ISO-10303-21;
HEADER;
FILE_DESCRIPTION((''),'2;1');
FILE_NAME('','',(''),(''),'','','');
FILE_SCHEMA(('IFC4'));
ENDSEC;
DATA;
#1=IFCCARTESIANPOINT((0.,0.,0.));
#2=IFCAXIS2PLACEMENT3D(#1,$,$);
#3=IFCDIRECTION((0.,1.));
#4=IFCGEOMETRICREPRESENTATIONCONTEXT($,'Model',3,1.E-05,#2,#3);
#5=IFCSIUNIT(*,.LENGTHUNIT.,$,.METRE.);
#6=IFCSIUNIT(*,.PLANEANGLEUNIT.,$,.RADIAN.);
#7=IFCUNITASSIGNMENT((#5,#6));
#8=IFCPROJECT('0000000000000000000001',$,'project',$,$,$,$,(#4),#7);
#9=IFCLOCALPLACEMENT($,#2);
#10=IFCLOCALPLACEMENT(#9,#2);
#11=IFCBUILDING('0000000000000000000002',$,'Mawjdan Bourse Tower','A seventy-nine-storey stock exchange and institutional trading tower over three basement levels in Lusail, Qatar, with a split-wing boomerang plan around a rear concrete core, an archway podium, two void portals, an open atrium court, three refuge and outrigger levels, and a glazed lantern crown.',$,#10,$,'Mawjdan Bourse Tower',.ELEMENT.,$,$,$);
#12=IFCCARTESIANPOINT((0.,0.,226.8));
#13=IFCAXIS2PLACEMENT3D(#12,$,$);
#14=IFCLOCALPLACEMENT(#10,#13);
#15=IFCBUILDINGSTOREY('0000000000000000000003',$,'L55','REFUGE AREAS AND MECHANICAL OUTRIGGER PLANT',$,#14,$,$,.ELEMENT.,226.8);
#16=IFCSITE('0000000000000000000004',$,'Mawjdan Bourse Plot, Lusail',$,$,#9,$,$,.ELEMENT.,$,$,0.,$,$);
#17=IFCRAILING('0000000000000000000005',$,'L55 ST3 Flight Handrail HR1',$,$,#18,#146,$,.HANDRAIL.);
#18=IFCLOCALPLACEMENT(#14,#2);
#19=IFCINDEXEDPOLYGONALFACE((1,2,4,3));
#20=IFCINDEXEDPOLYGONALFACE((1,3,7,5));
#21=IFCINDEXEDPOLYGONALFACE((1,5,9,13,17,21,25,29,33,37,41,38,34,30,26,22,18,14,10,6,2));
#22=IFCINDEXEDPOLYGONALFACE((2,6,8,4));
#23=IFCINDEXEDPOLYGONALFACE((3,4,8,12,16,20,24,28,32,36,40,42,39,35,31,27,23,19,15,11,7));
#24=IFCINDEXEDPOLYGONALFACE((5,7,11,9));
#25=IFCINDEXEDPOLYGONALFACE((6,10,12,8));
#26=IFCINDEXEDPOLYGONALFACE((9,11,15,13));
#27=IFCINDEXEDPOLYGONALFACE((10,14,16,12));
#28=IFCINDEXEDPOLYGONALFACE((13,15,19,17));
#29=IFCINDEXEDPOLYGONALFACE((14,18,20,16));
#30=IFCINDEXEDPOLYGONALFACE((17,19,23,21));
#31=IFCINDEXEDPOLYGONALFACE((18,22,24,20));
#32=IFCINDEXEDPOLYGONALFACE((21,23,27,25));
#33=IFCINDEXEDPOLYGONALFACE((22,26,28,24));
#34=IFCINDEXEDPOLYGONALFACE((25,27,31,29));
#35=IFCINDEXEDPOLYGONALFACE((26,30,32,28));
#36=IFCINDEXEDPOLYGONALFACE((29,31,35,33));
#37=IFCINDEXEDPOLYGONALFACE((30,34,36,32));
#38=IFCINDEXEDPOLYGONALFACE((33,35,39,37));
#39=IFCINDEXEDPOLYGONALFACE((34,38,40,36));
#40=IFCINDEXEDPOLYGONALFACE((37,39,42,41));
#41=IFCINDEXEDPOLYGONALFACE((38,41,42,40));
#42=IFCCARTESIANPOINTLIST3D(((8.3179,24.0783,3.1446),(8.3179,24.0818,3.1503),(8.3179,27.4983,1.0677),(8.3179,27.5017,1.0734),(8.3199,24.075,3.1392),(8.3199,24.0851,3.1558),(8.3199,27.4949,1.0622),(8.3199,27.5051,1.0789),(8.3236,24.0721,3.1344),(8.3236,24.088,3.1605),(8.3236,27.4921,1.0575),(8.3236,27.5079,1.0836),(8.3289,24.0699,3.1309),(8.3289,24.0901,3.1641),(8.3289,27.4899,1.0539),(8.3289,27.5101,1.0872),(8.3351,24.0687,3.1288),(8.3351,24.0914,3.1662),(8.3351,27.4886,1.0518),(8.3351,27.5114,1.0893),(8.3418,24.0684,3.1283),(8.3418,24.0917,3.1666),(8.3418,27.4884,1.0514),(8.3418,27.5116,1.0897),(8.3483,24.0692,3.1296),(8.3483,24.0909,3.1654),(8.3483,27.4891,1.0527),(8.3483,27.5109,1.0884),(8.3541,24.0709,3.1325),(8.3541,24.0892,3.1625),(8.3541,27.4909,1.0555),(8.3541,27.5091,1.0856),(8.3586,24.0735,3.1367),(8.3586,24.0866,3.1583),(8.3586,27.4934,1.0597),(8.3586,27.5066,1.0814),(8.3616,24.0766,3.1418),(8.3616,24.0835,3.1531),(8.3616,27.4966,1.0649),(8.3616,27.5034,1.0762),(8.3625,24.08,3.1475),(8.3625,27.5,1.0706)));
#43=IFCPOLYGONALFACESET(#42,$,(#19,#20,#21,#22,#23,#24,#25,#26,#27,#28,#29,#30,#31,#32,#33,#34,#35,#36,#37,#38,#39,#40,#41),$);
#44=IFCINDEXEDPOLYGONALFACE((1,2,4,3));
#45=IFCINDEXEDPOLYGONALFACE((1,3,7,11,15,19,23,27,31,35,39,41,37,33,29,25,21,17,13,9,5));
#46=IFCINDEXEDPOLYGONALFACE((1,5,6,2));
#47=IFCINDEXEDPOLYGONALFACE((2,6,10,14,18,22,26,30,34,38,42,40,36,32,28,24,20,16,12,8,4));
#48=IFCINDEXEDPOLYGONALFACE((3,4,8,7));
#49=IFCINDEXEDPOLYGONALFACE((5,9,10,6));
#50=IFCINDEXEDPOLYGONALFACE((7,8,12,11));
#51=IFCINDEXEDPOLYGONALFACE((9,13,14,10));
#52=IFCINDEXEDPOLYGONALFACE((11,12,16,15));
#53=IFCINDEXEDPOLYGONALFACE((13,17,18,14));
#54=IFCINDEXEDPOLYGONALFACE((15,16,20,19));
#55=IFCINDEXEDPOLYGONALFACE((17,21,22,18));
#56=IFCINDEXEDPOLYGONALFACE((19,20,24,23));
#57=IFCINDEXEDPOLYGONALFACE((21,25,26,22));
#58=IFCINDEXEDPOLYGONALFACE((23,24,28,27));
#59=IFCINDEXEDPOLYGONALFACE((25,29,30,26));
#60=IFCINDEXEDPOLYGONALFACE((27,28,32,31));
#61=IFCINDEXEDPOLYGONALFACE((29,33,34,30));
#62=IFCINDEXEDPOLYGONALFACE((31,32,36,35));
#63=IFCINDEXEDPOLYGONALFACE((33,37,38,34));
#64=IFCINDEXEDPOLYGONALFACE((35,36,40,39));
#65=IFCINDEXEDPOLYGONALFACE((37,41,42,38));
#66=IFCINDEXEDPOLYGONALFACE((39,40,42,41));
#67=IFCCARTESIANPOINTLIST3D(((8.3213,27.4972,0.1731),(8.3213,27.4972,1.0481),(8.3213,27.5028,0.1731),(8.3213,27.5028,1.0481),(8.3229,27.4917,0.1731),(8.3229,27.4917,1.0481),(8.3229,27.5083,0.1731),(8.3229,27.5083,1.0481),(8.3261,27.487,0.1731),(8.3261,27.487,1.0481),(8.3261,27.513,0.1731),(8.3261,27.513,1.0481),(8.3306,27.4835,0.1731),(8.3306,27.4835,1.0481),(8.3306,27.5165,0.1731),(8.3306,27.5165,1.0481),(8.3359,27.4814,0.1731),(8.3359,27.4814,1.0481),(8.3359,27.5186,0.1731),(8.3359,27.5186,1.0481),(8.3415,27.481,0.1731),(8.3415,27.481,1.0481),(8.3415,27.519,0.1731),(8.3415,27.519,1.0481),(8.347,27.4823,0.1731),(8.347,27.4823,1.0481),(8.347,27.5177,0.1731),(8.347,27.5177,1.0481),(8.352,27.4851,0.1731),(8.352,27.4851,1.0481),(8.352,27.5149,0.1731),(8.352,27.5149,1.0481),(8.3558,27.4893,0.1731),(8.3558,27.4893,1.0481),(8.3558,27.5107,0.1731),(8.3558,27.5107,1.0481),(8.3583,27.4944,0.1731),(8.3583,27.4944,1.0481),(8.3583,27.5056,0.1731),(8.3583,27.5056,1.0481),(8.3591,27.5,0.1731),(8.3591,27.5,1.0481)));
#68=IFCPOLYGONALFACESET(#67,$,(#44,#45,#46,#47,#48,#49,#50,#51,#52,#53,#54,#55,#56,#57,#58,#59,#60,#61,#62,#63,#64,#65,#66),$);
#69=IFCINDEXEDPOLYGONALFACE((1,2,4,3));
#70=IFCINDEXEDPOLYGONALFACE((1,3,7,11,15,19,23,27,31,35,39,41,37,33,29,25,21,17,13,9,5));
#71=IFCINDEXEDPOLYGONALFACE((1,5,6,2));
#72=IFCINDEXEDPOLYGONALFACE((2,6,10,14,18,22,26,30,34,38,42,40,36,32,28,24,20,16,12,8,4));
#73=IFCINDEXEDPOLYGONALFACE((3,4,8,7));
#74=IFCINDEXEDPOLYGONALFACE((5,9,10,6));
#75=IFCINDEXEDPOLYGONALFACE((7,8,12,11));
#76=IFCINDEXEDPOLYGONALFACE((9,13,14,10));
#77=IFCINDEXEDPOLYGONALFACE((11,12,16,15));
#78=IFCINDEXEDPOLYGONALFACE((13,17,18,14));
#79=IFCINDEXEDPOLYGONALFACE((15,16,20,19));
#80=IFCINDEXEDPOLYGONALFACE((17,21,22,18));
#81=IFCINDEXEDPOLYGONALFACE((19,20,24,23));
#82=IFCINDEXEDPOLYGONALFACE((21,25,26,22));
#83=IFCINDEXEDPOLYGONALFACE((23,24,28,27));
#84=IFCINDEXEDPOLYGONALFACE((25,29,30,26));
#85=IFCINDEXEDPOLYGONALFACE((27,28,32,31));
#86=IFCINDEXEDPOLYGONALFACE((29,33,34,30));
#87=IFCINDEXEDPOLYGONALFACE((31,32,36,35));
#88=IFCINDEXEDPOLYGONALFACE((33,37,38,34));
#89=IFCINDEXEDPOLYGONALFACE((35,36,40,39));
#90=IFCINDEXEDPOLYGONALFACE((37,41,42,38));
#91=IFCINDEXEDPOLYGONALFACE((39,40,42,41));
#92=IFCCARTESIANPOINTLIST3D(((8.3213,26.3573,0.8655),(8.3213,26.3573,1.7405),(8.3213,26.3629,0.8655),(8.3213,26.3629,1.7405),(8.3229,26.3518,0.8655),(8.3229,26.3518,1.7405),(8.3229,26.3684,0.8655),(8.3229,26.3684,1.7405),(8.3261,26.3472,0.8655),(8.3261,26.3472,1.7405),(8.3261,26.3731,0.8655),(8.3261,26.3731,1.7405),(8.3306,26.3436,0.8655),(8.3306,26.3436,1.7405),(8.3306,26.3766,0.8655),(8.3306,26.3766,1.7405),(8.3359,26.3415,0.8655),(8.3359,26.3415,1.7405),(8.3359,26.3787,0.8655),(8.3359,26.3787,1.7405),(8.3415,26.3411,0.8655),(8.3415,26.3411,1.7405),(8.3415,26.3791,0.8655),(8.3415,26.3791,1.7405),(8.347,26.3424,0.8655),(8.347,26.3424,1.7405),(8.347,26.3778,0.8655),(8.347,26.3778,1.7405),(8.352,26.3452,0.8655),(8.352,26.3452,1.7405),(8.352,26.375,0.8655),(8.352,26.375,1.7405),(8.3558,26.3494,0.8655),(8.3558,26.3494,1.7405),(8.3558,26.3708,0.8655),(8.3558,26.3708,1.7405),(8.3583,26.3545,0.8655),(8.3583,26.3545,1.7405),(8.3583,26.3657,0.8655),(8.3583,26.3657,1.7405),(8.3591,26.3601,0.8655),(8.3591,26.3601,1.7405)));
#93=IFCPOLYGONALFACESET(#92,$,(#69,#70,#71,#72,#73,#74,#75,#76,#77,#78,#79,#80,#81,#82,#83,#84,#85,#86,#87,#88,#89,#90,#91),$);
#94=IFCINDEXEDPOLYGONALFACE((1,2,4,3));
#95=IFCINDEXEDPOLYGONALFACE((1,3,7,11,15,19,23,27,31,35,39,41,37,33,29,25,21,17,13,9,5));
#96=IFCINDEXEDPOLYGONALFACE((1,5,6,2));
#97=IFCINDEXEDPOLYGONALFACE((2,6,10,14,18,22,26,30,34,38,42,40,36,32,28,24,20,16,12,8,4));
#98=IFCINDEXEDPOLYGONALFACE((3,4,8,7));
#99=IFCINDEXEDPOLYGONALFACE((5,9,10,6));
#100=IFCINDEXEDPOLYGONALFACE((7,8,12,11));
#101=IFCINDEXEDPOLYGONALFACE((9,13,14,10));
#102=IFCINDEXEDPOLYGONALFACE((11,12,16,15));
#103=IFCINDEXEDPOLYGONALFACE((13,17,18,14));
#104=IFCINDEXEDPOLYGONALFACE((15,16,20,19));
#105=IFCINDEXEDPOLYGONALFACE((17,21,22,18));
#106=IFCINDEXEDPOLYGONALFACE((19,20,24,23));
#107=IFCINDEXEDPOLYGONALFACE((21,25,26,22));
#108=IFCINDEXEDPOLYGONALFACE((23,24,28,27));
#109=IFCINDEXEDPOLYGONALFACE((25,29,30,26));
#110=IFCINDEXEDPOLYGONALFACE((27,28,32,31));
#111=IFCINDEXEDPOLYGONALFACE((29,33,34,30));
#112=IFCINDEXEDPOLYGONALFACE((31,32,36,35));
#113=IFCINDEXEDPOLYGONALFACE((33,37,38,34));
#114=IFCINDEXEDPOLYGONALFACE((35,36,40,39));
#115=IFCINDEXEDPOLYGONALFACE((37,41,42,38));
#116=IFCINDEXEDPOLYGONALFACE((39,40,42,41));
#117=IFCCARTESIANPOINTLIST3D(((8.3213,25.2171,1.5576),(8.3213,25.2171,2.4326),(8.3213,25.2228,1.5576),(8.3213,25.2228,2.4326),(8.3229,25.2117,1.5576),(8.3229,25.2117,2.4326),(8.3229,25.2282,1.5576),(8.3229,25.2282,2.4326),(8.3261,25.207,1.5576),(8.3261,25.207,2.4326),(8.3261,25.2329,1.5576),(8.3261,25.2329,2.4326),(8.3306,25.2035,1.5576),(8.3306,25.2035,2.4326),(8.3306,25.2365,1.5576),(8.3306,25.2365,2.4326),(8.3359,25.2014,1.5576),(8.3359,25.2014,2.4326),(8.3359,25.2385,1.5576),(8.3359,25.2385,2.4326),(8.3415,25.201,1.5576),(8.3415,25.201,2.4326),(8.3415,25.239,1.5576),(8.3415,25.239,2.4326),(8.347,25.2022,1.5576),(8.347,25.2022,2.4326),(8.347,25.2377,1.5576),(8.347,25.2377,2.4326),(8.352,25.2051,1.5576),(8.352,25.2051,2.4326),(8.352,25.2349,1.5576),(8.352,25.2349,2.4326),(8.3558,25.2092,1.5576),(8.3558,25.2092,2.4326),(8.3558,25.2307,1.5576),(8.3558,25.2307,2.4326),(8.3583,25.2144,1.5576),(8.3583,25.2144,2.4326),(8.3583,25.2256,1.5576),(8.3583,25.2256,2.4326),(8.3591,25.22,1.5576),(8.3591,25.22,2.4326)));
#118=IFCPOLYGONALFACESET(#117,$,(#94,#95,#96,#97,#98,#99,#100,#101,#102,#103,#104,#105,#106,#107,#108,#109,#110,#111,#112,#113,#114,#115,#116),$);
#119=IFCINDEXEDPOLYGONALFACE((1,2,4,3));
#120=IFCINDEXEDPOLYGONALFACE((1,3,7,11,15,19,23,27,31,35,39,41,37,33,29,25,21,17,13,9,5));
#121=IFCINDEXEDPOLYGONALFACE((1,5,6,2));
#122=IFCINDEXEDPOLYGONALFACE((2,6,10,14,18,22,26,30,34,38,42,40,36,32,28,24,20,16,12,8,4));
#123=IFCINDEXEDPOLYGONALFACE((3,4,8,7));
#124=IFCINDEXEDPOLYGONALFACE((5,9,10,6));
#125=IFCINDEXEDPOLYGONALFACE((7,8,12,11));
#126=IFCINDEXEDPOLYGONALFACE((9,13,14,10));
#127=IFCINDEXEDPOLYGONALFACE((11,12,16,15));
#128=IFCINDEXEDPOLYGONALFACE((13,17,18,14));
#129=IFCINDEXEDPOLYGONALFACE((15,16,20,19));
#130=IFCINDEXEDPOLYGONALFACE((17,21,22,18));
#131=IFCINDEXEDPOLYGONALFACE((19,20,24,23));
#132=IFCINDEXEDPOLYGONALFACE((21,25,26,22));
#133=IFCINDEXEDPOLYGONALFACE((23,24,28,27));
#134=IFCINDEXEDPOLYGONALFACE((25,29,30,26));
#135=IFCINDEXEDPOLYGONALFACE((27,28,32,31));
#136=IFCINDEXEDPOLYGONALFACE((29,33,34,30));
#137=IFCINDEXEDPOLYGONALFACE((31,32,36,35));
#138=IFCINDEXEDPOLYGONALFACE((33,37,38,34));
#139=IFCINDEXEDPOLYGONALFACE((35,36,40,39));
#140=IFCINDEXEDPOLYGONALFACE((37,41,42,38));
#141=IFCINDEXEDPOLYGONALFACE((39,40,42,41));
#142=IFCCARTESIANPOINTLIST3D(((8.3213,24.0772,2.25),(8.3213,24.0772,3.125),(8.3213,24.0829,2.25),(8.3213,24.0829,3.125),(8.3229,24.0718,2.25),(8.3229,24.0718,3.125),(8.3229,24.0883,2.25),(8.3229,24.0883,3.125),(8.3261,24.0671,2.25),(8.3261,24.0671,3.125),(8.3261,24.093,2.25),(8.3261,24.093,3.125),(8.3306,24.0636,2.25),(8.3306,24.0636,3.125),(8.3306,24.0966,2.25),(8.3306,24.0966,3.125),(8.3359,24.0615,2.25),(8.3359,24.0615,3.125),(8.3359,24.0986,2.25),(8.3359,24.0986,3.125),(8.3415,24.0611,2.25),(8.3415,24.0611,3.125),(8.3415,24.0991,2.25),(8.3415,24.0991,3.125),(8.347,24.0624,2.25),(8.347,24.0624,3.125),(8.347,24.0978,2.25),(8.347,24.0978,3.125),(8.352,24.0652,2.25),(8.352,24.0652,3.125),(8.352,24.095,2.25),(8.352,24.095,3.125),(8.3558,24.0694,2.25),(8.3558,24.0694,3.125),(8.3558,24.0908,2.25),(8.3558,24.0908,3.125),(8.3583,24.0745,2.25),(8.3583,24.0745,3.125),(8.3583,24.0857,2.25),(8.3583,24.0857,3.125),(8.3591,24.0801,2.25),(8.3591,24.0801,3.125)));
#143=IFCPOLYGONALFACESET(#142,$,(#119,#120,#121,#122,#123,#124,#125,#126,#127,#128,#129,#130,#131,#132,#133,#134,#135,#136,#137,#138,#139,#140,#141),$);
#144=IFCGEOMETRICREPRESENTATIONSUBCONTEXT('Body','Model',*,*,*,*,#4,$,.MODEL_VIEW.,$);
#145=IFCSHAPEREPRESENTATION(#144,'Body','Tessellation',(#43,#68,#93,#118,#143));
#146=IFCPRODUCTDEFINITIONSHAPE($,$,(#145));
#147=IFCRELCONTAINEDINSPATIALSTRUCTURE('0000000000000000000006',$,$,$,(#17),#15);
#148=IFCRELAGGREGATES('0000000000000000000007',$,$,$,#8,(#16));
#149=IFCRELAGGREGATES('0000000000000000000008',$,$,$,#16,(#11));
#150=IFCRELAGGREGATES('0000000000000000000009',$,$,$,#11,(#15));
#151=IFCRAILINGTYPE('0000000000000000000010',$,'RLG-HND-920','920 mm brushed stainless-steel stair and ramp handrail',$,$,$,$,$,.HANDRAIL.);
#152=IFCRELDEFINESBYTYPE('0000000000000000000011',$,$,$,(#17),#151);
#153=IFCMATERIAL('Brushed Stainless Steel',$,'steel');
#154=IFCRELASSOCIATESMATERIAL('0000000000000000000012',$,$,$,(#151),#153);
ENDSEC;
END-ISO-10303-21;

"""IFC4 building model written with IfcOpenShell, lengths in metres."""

from ifc_helpers import new_model, si_unit, direction, frame, origin, origin_2d, place, context, subcontext, project, spatial, circle, extrude, material, type_object, element, save


model = new_model("IFC4")

# Units and contexts
model_context = context("Model", 3, precision=1e-05, world=origin(), true_north=direction((0.0, 1.0)))
body_context = subcontext(model_context, "Body", "Model", "MODEL_VIEW")
ifc_project = project(units=[si_unit("LENGTHUNIT", "METRE"), si_unit("PLANEANGLEUNIT", "RADIAN")], contexts=[model_context])

# Site, building, storey
site_placement = place(None, origin())
site = spatial("IfcSite", under=ifc_project, at=site_placement, Name="Mawjdan Bourse Plot, Lusail", CompositionType="ELEMENT", RefElevation=0.0)
building_placement = place(site_placement, origin())
building = spatial("IfcBuilding", under=site, at=building_placement, Name="Mawjdan Bourse Tower", Description="A seventy-nine-storey stock exchange and institutional trading tower over three basement levels in Lusail, Qatar, with a split-wing boomerang plan around a rear concrete core, an archway podium, two void portals, an open atrium court, three refuge and outrigger levels, and a glazed lantern crown.", LongName="Mawjdan Bourse Tower", CompositionType="ELEMENT")
storey_placement = place(building_placement, frame((0.0, 0.0, 226.8)))
storey = spatial("IfcBuildingStorey", under=building, at=storey_placement, Name="L55", Description="REFUGE AREAS AND MECHANICAL OUTRIGGER PLANT", CompositionType="ELEMENT", Elevation=226.8)

# Railing
ifc_material_1 = material(Name="Brushed Stainless Steel", Category="steel")
railing_type_1 = type_object("IfcRailingType", Name="RLG-HND-920", Description="920 mm brushed stainless-steel stair and ramp handrail", PredefinedType="HANDRAIL", material=ifc_material_1)
railing_1_placement = place(storey_placement, frame((8.3401, 27.5, 0.1731)))
element("IfcRailing", 1, at=railing_1_placement, inside=storey, type_object=railing_type_1, Name="L55 ST3 Flight Handrail HR1", PredefinedType="HANDRAIL", context=body_context, shape_type="SweptSolid", body=[
    extrude(circle(Radius=0.0225, at=origin_2d()), frame((0.0, 0.0, 0.8975), z_axis=(0.0, -0.85473, 0.519074), x_axis=(1.0, 0.0, 0.0)), (0.0, 0.0, 1.0), 4.0012),
    extrude(circle(Radius=0.019, at=origin_2d()), origin(), (0.0, 0.0, 1.0), 0.875),
    extrude(circle(Radius=0.019, at=origin_2d()), frame((0.0, -1.1399, 0.6924)), (0.0, 0.0, 1.0), 0.875),
    extrude(circle(Radius=0.019, at=origin_2d()), frame((0.0, -2.28, 1.3845)), (0.0, 0.0, 1.0), 0.875),
    extrude(circle(Radius=0.019, at=origin_2d()), frame((0.0, -3.4199, 2.0769)), (0.0, 0.0, 1.0), 0.875),
])

save(model, "model.ifc")
